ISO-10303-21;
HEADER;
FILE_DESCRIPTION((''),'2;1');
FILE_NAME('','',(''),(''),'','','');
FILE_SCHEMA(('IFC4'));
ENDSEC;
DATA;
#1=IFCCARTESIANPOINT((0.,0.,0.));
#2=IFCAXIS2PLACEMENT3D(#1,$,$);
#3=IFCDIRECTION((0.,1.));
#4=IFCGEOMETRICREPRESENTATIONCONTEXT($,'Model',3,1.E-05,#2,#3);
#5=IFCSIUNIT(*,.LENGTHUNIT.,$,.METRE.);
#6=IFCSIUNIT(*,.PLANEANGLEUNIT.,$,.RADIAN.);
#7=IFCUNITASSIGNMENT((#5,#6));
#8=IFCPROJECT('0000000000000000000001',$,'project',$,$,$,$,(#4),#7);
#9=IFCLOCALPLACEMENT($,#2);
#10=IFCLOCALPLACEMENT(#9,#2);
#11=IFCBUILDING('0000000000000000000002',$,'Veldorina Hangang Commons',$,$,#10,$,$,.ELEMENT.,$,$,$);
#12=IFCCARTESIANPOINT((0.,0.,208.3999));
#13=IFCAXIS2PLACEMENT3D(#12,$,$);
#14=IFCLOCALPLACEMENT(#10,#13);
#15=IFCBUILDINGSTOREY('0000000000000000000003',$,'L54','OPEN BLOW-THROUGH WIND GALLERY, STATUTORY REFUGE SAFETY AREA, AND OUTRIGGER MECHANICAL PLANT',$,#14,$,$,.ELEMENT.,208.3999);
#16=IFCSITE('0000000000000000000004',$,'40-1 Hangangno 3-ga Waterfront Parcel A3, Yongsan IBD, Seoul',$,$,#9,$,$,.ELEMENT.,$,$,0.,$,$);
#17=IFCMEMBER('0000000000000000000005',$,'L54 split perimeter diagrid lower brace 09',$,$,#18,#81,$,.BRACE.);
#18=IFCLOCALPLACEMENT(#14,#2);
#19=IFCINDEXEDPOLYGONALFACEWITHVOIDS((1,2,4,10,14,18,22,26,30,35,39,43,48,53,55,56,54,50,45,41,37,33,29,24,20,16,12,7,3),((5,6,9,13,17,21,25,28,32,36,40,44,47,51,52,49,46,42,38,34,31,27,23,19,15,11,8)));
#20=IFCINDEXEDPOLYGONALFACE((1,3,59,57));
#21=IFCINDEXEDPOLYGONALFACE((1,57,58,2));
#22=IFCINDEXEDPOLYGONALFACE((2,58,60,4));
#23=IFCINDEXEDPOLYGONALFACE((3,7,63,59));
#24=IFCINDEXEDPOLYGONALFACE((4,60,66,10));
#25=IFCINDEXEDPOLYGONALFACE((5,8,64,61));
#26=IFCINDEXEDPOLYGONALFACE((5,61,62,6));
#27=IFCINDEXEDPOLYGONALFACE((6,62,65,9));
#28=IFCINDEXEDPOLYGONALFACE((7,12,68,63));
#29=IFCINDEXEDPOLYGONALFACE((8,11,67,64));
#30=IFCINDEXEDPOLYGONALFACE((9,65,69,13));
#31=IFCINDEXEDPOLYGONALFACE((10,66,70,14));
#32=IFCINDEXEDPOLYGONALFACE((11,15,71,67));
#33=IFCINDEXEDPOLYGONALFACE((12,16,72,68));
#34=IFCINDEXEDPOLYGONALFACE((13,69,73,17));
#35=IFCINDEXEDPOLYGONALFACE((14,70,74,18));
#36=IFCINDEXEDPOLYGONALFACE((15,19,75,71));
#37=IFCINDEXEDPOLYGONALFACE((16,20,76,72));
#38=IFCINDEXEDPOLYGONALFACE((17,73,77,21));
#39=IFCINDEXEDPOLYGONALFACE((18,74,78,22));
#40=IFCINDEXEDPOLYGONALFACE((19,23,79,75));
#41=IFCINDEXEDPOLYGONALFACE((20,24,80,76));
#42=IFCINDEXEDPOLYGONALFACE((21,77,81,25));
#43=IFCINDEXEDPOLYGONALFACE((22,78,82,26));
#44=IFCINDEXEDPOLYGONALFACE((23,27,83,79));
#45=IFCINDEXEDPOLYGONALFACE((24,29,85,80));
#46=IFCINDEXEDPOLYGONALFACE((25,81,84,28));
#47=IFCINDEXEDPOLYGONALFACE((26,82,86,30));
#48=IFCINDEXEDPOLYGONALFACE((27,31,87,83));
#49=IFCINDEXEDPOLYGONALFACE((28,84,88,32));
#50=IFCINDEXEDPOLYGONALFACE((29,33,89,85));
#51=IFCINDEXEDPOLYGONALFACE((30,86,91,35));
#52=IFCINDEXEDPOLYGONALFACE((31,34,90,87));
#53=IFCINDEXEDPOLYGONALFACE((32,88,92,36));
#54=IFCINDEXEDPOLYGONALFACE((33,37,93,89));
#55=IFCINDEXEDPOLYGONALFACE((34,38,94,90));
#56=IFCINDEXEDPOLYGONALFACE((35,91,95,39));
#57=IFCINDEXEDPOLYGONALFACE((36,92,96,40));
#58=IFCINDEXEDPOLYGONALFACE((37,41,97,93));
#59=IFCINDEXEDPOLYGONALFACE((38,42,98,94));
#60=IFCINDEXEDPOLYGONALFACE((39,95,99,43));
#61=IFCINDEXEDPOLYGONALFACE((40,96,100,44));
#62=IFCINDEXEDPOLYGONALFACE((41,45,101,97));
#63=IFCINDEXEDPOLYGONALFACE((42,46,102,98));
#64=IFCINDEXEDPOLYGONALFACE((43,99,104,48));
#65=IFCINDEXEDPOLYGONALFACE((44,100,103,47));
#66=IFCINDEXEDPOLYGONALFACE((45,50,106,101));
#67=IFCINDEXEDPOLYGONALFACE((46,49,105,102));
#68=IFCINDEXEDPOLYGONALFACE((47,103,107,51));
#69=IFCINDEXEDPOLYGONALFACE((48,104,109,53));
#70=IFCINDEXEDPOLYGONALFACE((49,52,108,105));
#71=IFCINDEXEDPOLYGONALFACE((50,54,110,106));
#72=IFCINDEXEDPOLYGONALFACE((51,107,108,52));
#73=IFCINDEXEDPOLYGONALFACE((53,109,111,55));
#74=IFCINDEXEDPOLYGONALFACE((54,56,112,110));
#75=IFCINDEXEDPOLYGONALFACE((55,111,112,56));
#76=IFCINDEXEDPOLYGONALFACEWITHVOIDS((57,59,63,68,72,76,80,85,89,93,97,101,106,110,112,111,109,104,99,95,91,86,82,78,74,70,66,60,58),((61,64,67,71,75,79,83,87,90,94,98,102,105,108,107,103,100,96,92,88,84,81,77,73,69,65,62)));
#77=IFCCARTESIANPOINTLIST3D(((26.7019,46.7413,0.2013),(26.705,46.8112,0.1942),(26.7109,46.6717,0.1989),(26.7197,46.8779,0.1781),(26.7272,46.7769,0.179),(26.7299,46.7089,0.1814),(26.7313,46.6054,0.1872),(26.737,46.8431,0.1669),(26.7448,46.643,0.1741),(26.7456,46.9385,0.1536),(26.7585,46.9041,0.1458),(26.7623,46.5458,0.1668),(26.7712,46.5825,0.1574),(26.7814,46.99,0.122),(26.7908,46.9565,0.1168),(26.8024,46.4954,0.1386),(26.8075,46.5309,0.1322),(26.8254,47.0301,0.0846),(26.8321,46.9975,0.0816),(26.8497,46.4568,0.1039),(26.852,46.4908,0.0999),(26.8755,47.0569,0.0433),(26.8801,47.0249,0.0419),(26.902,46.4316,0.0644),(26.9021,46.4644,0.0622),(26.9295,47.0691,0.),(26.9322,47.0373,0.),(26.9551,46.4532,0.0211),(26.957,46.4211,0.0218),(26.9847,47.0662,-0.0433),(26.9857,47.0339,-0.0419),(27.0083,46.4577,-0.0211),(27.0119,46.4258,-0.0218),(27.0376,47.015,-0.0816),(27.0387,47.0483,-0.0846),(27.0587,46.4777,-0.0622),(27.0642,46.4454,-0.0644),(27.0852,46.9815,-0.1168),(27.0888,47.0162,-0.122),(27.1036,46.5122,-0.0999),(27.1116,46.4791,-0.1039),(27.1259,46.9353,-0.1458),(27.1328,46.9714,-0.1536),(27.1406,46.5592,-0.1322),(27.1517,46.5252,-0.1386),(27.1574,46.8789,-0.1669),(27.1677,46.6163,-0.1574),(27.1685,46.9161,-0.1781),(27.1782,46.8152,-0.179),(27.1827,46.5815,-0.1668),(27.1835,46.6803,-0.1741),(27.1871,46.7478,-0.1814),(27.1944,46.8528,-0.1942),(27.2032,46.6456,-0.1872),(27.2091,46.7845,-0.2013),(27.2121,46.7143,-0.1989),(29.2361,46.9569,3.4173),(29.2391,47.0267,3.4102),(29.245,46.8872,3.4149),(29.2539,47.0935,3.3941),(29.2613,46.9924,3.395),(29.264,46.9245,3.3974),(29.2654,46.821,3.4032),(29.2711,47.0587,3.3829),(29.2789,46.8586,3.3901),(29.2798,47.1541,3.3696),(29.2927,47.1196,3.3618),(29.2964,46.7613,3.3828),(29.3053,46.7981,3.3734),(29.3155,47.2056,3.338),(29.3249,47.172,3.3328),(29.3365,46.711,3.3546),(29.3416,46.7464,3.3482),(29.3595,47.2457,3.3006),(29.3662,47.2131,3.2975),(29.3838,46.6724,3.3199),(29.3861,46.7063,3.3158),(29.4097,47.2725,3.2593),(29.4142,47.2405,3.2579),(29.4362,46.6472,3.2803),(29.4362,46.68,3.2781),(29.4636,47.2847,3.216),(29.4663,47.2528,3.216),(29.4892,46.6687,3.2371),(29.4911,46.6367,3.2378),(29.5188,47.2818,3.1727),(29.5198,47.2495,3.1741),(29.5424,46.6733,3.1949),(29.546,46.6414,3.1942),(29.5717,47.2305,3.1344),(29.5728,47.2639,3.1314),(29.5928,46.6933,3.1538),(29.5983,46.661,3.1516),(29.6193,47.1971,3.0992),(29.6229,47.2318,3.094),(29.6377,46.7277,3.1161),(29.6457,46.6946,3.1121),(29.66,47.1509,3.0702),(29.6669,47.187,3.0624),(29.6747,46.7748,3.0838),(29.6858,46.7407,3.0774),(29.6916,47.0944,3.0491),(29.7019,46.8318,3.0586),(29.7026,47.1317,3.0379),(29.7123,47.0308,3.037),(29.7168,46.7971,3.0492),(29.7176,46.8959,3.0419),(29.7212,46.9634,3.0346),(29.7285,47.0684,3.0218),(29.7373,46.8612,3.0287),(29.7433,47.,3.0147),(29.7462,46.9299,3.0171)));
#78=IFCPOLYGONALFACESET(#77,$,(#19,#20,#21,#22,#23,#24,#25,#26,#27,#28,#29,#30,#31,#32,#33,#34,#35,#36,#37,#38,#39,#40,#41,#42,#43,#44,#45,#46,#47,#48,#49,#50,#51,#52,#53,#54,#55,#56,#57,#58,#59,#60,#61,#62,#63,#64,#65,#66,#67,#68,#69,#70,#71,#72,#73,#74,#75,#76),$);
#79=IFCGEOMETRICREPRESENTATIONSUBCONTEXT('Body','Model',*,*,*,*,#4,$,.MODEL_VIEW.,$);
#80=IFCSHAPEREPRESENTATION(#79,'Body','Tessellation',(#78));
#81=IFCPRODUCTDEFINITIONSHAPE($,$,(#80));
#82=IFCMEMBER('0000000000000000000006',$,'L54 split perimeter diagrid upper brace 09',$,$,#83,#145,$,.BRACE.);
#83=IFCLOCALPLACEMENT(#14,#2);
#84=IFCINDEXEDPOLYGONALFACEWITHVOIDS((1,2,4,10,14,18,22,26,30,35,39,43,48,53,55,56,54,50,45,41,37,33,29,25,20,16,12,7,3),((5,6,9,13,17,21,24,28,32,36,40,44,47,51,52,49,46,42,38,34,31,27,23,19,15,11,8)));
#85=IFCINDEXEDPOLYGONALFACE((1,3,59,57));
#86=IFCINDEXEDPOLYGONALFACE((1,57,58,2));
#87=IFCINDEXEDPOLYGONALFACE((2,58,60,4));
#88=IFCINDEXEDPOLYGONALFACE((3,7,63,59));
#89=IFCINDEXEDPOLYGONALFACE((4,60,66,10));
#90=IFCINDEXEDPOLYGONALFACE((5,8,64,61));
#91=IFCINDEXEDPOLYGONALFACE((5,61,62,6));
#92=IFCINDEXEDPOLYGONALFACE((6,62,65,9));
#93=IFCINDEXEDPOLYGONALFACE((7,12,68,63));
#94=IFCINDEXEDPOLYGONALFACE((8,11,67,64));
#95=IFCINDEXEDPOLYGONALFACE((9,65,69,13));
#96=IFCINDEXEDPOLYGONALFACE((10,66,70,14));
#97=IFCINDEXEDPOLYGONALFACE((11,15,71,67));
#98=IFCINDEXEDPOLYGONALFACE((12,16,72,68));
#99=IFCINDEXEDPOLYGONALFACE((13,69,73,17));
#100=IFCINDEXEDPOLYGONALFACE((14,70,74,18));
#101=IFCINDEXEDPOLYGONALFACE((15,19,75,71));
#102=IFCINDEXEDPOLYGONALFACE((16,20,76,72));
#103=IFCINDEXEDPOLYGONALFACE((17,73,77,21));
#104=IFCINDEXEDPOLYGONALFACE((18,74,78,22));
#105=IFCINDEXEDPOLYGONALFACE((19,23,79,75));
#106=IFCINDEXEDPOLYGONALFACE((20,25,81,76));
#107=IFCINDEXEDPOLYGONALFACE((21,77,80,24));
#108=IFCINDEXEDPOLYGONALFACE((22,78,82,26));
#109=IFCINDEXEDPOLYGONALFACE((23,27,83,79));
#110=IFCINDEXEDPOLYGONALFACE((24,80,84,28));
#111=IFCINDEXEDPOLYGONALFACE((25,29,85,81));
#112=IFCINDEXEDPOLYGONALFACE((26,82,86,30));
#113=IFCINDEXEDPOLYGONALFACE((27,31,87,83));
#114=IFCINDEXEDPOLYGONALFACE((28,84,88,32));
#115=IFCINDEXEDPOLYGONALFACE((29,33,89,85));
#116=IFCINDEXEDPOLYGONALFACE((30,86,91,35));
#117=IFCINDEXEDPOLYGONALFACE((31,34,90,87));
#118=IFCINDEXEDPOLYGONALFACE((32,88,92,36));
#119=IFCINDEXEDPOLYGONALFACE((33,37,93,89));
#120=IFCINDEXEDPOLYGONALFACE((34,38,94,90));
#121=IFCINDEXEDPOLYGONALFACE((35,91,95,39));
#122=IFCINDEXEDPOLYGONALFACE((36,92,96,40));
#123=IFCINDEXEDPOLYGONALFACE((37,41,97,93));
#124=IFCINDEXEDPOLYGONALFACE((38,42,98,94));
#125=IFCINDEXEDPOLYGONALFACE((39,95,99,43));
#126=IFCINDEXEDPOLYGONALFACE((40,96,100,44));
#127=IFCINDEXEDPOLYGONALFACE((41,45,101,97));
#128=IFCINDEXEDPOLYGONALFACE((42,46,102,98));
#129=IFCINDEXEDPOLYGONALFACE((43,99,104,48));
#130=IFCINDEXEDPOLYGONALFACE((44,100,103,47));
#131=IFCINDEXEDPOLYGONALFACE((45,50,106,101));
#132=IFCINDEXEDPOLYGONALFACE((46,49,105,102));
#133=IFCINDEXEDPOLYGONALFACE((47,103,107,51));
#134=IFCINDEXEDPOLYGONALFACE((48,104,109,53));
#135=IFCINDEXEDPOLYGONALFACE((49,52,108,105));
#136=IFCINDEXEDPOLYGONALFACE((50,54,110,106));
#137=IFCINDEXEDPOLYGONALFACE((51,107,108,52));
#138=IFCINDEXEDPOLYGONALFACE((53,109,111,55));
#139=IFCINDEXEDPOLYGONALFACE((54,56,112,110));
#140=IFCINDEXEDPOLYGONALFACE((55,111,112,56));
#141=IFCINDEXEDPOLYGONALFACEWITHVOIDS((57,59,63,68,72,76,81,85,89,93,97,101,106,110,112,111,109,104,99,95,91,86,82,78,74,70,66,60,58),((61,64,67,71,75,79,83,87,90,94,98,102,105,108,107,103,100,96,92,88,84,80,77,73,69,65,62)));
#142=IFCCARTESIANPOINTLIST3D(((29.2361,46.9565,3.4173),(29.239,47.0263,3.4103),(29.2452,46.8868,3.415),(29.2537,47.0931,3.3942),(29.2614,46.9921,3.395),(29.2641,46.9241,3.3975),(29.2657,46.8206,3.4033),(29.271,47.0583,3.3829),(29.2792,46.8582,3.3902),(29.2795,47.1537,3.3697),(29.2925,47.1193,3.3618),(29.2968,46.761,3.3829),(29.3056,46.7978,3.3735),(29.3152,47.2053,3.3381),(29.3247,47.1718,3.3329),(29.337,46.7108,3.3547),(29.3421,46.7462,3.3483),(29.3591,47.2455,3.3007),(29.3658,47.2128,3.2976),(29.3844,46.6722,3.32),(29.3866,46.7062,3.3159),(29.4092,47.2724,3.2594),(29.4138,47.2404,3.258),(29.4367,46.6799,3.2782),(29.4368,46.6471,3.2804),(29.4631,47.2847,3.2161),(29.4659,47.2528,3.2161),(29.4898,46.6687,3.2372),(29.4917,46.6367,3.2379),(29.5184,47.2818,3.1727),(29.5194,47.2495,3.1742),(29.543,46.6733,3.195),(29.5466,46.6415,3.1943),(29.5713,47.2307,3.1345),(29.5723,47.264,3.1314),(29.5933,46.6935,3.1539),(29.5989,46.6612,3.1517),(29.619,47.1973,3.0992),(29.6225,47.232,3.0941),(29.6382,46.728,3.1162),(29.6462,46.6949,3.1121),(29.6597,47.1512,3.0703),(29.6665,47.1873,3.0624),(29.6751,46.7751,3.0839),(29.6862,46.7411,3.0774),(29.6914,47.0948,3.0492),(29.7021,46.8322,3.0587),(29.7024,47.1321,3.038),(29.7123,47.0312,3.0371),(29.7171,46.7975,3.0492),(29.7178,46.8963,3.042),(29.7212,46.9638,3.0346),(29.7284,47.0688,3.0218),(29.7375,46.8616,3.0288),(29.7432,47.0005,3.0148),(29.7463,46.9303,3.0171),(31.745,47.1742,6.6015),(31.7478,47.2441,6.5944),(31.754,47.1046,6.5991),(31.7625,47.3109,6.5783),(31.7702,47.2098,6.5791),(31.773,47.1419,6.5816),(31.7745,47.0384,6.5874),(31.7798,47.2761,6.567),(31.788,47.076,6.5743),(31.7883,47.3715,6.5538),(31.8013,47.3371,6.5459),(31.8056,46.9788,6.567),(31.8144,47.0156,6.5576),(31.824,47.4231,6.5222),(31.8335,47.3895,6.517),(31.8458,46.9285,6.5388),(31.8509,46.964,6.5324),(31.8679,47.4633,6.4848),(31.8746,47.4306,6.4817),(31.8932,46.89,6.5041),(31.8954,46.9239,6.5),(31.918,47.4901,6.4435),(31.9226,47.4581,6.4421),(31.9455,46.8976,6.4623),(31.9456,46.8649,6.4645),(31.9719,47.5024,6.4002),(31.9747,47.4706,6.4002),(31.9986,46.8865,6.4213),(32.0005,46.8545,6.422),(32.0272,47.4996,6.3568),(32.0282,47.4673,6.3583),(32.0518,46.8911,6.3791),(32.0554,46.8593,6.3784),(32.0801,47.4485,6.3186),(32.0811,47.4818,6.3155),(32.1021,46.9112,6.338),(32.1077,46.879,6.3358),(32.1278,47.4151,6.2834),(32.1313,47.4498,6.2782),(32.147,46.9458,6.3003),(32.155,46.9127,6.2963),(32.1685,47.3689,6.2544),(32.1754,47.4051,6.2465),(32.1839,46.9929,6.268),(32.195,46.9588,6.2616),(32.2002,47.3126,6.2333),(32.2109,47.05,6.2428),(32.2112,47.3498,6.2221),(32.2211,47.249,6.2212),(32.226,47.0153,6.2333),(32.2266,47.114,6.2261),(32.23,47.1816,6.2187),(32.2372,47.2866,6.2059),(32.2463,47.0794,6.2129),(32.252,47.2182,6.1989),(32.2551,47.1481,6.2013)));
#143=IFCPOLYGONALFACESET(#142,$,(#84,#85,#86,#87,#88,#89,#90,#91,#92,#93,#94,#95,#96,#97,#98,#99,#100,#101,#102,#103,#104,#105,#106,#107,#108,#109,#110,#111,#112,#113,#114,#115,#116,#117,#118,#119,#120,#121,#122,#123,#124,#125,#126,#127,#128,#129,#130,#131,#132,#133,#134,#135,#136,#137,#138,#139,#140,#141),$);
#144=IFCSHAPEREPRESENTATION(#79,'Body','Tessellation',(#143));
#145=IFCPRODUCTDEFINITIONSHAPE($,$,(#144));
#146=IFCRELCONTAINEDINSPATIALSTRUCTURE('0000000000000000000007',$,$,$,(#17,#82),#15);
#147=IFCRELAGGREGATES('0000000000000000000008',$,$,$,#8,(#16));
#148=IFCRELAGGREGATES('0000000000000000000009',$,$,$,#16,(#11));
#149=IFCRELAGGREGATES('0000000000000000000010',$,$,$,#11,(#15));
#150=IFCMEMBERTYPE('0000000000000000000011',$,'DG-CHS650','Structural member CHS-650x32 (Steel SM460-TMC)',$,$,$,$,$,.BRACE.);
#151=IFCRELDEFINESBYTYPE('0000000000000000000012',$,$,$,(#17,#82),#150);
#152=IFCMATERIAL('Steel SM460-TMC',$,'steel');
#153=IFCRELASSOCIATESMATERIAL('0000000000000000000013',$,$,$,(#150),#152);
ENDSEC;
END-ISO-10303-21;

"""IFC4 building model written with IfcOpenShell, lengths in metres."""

from ifc_helpers import new_model, si_unit, direction, frame, origin, origin_2d, place, context, subcontext, project, spatial, hollow_circle, extrude, material, material_profile, profile_set, type_object, element, save


model = new_model("IFC4")

# Units and contexts
model_context = context("Model", 3, precision=1e-05, world=origin(), true_north=direction((0.0, 1.0)))
body_context = subcontext(model_context, "Body", "Model", "MODEL_VIEW")
ifc_project = project(units=[si_unit("LENGTHUNIT", "METRE"), si_unit("PLANEANGLEUNIT", "RADIAN")], contexts=[model_context])

# Site, building, storey
site_placement = place(None, origin())
site = spatial("IfcSite", under=ifc_project, at=site_placement, Name="40-1 Hangangno 3-ga Waterfront Parcel A3, Yongsan IBD, Seoul", CompositionType="ELEMENT", RefElevation=0.0)
building_placement = place(site_placement, origin())
building = spatial("IfcBuilding", under=site, at=building_placement, Name="Veldorina Hangang Commons", CompositionType="ELEMENT")
storey_placement = place(building_placement, frame((0.0, 0.0, 208.3999)))
storey = spatial("IfcBuildingStorey", under=building, at=storey_placement, Name="L54", Description="OPEN BLOW-THROUGH WIND GALLERY, STATUTORY REFUGE SAFETY AREA, AND OUTRIGGER MECHANICAL PLANT", CompositionType="ELEMENT", Elevation=208.3999)

# Shared definitions
ifc_material_1 = material(Name="Steel SM460-TMC", Category="steel")

# Members
ifc_material_profile_1 = material_profile(ifc_material_1, hollow_circle(Radius=0.325, WallThickness=0.032, at=origin_2d()), Name="CHS-650x32")
ifc_profile_set_1 = profile_set([ifc_material_profile_1], Name="Steel SM460-TMC")
member_type_1 = type_object("IfcMemberType", Name="DG-CHS650", Description="Structural member CHS-650x32 (Steel SM460-TMC)", PredefinedType="BRACE", material=ifc_profile_set_1)
member_1_placement = place(storey_placement, frame((26.957, 46.7454, 0.0), z_axis=(0.618063, 0.052577, 0.784368), x_axis=(-0.084761, 0.996401, 0.0)))
element("IfcMember", 1, at=member_1_placement, inside=storey, type_object=member_type_1, Name="L54 split perimeter diagrid lower brace 09", PredefinedType="BRACE", context=body_context, shape_type="SweptSolid", body=[
    extrude(hollow_circle(Radius=0.325, WallThickness=0.032, at=origin_2d()), origin(), (0.0, 0.0, 1.0), 4.1001),
])
member_2_placement = place(storey_placement, frame((29.4912, 46.9609, 3.2161), z_axis=(0.617999, 0.053645, 0.784346), x_axis=(-0.086479, 0.996254, 0.0)))
element("IfcMember", 2, at=member_2_placement, inside=storey, type_object=member_type_1, Name="L54 split perimeter diagrid upper brace 09", PredefinedType="BRACE", context=body_context, shape_type="SweptSolid", body=[
    extrude(hollow_circle(Radius=0.325, WallThickness=0.032, at=origin_2d()), origin(), (0.0, 0.0, 1.0), 4.0596),
])

save(model, "model.ifc")
